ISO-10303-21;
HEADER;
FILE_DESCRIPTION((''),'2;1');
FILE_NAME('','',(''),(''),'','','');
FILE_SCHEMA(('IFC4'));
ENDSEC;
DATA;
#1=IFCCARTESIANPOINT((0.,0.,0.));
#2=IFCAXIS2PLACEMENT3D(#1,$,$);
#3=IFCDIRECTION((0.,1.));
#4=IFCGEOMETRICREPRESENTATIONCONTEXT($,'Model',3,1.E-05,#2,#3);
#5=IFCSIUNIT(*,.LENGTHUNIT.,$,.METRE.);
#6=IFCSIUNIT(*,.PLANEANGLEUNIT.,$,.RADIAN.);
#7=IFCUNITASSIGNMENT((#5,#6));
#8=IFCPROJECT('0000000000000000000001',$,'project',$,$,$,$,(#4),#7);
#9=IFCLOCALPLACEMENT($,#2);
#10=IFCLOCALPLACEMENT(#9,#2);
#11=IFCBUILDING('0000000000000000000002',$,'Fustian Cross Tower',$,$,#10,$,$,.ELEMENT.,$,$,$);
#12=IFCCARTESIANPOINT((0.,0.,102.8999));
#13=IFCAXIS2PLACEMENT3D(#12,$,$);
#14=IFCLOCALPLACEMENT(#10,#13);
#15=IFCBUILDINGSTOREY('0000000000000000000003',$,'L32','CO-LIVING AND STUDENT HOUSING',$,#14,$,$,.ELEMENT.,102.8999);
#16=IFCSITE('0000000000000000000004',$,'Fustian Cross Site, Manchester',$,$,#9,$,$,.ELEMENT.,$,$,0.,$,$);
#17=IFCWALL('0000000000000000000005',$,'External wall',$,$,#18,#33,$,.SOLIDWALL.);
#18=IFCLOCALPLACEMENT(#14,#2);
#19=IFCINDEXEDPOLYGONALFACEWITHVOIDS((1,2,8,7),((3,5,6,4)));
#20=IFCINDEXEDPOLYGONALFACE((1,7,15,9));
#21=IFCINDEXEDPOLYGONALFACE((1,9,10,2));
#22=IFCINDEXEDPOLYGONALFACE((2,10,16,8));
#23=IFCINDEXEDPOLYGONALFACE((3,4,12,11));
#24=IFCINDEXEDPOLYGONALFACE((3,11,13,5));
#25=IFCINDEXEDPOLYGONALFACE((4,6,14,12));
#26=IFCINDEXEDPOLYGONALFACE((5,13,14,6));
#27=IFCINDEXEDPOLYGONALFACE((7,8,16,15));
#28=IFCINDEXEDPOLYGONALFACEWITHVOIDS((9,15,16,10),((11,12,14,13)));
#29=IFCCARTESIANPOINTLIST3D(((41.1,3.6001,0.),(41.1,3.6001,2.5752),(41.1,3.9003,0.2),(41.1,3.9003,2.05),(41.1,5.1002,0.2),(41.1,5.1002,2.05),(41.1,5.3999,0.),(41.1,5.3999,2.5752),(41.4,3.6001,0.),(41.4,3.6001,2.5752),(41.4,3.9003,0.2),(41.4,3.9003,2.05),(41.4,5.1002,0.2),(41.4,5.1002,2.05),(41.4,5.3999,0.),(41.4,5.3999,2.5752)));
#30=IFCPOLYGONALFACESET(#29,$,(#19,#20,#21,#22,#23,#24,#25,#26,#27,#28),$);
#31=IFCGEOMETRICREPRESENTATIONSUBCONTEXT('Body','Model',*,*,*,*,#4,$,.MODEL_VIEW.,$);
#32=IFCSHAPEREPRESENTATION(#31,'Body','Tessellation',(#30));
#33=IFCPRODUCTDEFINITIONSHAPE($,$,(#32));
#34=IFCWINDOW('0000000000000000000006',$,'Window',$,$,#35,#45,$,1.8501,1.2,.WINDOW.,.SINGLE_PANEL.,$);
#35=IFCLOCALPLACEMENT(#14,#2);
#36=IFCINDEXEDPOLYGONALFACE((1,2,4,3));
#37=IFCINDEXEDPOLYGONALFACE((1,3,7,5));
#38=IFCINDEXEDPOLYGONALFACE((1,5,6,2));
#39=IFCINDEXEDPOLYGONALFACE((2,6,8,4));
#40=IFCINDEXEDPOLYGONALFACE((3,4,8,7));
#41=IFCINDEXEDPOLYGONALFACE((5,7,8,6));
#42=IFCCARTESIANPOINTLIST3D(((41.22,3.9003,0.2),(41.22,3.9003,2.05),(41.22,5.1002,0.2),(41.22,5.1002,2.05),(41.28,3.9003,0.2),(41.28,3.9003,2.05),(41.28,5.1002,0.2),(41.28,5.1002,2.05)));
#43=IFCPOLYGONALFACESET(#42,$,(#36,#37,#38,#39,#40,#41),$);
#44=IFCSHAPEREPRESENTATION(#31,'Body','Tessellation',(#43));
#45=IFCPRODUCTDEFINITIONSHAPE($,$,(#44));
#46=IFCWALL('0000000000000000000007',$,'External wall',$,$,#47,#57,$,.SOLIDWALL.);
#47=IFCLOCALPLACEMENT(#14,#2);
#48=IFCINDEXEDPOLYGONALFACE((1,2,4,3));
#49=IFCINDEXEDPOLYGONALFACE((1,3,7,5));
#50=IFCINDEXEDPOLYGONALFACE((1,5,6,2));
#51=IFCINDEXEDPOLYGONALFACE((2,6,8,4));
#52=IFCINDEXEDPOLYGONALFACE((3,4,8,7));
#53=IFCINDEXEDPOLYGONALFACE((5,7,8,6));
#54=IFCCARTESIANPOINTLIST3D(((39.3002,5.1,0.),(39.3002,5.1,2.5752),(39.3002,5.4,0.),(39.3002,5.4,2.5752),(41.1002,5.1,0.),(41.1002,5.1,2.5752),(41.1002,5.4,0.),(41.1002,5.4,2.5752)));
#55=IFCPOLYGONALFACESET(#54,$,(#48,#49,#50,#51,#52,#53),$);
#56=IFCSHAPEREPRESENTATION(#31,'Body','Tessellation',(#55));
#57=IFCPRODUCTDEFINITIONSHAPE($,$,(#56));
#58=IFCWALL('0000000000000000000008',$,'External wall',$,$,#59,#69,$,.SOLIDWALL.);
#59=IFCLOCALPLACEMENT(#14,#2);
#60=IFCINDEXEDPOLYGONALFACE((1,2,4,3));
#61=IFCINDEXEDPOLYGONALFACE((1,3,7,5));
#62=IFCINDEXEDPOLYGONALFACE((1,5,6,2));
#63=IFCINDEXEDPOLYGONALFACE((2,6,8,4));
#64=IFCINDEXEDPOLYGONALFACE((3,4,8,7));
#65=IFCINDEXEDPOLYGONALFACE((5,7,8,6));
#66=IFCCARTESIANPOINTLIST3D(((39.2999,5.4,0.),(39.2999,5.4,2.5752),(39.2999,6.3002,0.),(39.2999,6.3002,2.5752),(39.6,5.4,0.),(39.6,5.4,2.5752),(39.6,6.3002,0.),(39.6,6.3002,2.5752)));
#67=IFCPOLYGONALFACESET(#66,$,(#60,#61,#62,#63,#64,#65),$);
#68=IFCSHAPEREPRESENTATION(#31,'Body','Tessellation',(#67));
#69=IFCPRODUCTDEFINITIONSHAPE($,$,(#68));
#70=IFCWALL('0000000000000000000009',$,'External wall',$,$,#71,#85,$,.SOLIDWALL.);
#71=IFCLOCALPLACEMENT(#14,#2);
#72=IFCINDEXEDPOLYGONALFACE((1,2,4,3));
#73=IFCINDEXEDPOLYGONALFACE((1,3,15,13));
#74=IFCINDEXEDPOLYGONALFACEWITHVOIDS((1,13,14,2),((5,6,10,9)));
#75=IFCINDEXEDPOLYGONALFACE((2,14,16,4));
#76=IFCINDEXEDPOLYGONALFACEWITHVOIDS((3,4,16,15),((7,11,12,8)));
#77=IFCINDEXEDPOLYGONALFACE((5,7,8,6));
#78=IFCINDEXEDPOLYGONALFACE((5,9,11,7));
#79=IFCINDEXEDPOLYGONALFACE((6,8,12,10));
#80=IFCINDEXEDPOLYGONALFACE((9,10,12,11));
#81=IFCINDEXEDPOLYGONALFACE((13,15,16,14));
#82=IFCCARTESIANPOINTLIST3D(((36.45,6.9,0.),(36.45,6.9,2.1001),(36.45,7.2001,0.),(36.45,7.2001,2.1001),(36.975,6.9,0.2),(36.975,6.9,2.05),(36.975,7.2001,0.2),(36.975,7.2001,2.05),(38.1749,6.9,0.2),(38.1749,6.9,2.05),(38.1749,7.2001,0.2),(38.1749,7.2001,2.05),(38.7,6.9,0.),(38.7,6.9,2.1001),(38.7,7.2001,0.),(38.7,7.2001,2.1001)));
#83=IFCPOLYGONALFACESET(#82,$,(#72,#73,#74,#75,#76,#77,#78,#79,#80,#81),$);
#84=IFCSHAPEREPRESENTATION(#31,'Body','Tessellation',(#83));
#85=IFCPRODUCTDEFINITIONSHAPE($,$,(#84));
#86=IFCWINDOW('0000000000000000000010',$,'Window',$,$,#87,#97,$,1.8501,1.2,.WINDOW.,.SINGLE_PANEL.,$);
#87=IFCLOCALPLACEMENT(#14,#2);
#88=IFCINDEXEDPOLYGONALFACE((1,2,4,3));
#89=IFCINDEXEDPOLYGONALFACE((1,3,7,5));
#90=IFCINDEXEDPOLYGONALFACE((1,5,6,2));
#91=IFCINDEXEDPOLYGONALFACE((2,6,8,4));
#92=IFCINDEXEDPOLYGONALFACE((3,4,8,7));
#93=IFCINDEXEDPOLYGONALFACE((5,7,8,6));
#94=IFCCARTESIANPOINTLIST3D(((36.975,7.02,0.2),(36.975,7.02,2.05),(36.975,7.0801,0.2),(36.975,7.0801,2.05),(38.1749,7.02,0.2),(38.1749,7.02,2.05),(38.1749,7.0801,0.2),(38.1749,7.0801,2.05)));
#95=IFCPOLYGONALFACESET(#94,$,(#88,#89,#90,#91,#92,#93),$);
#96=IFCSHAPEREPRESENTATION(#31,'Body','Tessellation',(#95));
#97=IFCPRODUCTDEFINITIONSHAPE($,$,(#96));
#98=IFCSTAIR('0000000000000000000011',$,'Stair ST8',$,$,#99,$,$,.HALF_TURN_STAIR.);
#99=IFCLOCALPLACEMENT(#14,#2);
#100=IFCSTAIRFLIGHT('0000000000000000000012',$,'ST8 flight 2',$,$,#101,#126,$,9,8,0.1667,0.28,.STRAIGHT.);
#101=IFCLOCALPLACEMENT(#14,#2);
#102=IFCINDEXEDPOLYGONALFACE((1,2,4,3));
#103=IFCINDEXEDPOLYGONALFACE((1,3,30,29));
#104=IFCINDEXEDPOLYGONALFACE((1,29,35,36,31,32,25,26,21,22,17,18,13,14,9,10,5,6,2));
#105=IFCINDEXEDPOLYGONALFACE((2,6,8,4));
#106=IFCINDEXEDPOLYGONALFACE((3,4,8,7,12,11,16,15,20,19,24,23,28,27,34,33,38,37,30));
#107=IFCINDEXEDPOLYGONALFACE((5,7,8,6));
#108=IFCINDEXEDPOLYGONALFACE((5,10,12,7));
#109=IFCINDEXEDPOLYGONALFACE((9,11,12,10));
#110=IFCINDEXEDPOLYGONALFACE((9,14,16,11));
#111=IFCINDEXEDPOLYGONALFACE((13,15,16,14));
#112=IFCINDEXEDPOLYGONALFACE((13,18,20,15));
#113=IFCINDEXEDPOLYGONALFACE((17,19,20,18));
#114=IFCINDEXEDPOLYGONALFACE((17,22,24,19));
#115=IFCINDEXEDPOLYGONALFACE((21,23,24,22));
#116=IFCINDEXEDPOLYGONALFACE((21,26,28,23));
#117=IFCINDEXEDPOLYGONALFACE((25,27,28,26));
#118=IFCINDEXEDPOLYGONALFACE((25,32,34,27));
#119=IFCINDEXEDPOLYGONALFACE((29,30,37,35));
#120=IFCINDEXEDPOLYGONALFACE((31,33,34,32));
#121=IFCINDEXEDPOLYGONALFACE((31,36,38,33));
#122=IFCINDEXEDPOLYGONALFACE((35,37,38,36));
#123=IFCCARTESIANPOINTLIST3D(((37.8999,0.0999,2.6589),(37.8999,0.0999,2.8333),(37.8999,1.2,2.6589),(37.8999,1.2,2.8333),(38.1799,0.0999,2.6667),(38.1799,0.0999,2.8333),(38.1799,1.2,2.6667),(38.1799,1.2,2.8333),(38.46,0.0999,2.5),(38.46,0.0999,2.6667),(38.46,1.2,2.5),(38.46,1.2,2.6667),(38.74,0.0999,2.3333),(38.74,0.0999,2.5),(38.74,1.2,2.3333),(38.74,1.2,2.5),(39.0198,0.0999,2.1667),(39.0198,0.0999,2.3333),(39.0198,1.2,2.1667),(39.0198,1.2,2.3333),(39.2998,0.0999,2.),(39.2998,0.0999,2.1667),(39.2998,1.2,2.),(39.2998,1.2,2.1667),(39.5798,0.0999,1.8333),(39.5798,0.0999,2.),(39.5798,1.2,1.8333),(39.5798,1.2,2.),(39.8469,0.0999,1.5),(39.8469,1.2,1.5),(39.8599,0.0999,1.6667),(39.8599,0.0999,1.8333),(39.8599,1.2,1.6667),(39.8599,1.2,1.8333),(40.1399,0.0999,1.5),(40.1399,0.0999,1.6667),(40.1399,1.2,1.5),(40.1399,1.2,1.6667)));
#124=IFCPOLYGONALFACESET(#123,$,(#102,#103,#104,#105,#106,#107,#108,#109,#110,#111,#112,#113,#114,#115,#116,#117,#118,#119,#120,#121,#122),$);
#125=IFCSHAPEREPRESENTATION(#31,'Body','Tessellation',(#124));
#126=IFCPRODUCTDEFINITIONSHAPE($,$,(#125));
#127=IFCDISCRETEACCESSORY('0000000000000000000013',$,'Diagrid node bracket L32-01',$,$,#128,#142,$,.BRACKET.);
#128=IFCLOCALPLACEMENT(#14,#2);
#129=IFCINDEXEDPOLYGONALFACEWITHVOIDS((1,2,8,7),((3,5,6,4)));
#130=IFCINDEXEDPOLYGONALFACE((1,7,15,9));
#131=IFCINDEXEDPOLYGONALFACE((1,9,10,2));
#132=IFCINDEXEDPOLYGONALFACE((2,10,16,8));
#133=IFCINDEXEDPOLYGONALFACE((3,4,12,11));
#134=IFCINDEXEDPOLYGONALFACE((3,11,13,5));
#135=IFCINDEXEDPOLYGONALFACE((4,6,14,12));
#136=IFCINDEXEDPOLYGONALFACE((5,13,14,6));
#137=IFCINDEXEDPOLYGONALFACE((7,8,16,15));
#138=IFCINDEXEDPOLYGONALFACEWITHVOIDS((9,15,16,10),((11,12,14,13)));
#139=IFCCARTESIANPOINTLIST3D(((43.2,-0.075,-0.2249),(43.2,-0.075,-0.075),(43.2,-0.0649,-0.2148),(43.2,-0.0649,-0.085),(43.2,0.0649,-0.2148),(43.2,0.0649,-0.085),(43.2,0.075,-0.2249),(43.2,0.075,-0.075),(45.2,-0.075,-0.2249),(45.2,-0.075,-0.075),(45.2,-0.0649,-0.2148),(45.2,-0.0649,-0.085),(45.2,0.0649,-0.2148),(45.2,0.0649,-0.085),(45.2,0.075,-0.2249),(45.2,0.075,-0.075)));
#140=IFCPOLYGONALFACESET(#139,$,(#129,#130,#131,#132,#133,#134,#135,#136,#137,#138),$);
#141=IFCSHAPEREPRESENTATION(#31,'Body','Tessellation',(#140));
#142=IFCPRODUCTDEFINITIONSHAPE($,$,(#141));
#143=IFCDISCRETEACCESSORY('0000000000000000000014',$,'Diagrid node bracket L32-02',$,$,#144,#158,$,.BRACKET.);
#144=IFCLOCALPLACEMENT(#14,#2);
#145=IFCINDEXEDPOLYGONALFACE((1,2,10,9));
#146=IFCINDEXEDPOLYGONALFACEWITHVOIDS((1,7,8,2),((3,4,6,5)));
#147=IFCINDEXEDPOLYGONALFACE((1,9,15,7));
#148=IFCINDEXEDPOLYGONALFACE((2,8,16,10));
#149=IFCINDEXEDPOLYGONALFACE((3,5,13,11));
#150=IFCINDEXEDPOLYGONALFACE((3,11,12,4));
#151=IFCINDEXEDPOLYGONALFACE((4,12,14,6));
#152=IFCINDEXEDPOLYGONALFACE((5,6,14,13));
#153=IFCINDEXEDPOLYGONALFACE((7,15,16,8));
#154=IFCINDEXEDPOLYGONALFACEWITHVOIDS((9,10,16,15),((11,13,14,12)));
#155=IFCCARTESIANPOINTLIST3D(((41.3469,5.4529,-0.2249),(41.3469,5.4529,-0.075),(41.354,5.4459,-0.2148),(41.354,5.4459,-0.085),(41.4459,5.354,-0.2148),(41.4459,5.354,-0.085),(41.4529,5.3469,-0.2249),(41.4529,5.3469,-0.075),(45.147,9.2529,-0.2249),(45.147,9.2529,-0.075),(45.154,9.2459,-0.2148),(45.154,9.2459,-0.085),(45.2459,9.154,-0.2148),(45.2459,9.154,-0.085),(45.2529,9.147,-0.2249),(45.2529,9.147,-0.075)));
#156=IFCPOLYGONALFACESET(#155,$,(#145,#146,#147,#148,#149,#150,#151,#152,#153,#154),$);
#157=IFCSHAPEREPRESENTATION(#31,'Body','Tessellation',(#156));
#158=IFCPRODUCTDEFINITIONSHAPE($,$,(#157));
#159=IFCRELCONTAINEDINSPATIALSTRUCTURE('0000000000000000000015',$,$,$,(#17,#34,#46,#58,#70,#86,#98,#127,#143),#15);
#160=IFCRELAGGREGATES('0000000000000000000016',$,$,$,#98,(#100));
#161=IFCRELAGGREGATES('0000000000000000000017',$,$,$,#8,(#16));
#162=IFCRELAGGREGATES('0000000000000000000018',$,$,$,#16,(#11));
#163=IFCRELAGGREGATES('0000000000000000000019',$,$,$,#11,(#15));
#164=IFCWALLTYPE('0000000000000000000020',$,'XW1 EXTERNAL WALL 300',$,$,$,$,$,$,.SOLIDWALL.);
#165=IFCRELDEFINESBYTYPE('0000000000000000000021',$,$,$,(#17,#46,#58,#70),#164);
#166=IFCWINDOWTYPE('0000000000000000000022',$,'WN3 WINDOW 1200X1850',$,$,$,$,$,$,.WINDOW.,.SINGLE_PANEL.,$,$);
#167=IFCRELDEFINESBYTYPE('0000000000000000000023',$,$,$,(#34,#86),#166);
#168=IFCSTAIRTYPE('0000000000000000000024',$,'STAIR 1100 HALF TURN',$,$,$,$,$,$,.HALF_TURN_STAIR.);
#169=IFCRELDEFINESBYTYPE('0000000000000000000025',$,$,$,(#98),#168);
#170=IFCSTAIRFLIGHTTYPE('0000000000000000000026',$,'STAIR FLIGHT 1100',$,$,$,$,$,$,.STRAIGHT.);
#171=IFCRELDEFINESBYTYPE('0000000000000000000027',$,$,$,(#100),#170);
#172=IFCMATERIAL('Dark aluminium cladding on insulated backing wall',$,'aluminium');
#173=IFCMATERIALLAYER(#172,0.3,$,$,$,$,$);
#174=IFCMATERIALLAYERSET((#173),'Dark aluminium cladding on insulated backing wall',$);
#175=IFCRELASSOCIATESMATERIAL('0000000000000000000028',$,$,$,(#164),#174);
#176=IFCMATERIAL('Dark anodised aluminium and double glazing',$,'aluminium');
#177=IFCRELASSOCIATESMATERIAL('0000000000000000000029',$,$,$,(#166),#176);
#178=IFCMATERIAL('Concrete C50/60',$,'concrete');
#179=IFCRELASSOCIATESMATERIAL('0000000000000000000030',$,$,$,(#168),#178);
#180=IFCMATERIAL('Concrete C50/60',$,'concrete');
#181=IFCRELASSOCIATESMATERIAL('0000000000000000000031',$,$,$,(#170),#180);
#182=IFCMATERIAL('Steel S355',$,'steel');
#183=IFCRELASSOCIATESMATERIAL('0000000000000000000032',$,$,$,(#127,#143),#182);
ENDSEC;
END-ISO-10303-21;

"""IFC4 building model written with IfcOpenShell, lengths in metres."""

from ifc_helpers import new_model, si_unit, direction, frame, frame_2d, origin, origin_2d, place, context, subcontext, project, spatial, polyline, rectangle, hollow_rectangle, outline, extrude, material, layer, layer_set, type_object, element, fill, aggregate, save


model = new_model("IFC4")

# Units and contexts
model_context = context("Model", 3, precision=1e-05, world=origin(), true_north=direction((0.0, 1.0)))
body_context = subcontext(model_context, "Body", "Model", "MODEL_VIEW")
ifc_project = project(units=[si_unit("LENGTHUNIT", "METRE"), si_unit("PLANEANGLEUNIT", "RADIAN")], contexts=[model_context])

# Site, building, storey
site_placement = place(None, origin())
site = spatial("IfcSite", under=ifc_project, at=site_placement, Name="Fustian Cross Site, Manchester", CompositionType="ELEMENT", RefElevation=0.0)
building_placement = place(site_placement, origin())
building = spatial("IfcBuilding", under=site, at=building_placement, Name="Fustian Cross Tower", CompositionType="ELEMENT")
storey_placement = place(building_placement, frame((0.0, 0.0, 102.8999)))
storey = spatial("IfcBuildingStorey", under=building, at=storey_placement, Name="L32", Description="CO-LIVING AND STUDENT HOUSING", CompositionType="ELEMENT", Elevation=102.8999)

# Shared definitions
ifc_material_1 = material(Name="Dark aluminium cladding on insulated backing wall", Category="aluminium")
ifc_layer_1 = layer(ifc_material_1, 0.3)
ifc_layer_set_1 = layer_set([ifc_layer_1], Name="Dark aluminium cladding on insulated backing wall")
wall_type_1 = type_object("IfcWallType", Name="XW1 EXTERNAL WALL 300", PredefinedType="SOLIDWALL", material=ifc_layer_set_1)

# Wall, opening, window
wall_1_placement = place(storey_placement, frame((41.25, 3.6001, 0.0), z_axis=(0.0, 0.0, 1.0), x_axis=(0.0, 1.0, 0.0)))
wall_1 = element("IfcWall", 1, at=wall_1_placement, inside=storey, type_object=wall_type_1, Name="External wall", PredefinedType="SOLIDWALL", context=body_context, shape_type="SweptSolid", body=[
    extrude(rectangle(XDim=1.7998, YDim=0.3, at=frame_2d((0.8999, 0.0))), origin(), (0.0, 0.0, 1.0), 2.5752),
])
opening_1_placement = place(wall_1_placement, frame((0.3, 0.0, 0.2)))
opening_1 = element("IfcOpeningElement", 2, at=opening_1_placement, cuts=wall_1, PredefinedType="OPENING", context=body_context, shape_type="SweptSolid", body=[
    extrude(rectangle(XDim=1.2, YDim=1.8501, at=frame_2d((0.6001, 0.925))), frame((0.0, 0.1599, 0.0), z_axis=(0.0, -1.0, 0.0), x_axis=(1.0, 0.0, 0.0)), (0.0, 0.0, 1.0), 0.3201),
])
ifc_material_2 = material(Name="Dark anodised aluminium and double glazing", Category="aluminium")
window_type = type_object("IfcWindowType", Name="WN3 WINDOW 1200X1850", PartitioningType="SINGLE_PANEL", PredefinedType="WINDOW", material=ifc_material_2)
window_1_placement = place(opening_1_placement, origin())
window_1 = element("IfcWindow", 3, at=window_1_placement, inside=storey, type_object=window_type, Name="Window", OverallHeight=1.8501, OverallWidth=1.2, PartitioningType="SINGLE_PANEL", PredefinedType="WINDOW", context=body_context, shape_type="SweptSolid", body=[
    extrude(rectangle(XDim=1.2, YDim=1.8501, at=frame_2d((0.6001, 0.925))), frame((0.0, 0.03, 0.0), z_axis=(0.0, -1.0, 0.0), x_axis=(1.0, 0.0, 0.0)), (0.0, 0.0, 1.0), 0.0601),
])
fill(opening_1, window_1)

# Walls
wall_2_placement = place(storey_placement, frame((41.1001, 5.25, 0.0), z_axis=(0.0, 0.0, 1.0), x_axis=(-1.0, 0.0, 0.0)))
element("IfcWall", 4, at=wall_2_placement, inside=storey, type_object=wall_type_1, Name="External wall", PredefinedType="SOLIDWALL", context=body_context, shape_type="SweptSolid", body=[
    extrude(rectangle(XDim=1.8, YDim=0.3, at=frame_2d((0.8999, 0.0))), origin(), (0.0, 0.0, 1.0), 2.5752),
])
wall_3_placement = place(storey_placement, frame((39.45, 5.3999, 0.0), z_axis=(0.0, 0.0, 1.0), x_axis=(0.0, 1.0, 0.0)))
element("IfcWall", 5, at=wall_3_placement, inside=storey, type_object=wall_type_1, Name="External wall", PredefinedType="SOLIDWALL", context=body_context, shape_type="SweptSolid", body=[
    extrude(rectangle(XDim=0.9001, YDim=0.3, at=frame_2d((0.4502, 0.0))), origin(), (0.0, 0.0, 1.0), 2.5752),
])

# Wall, opening, window
wall_4_placement = place(storey_placement, frame((38.7, 7.05, 0.0), z_axis=(0.0, 0.0, 1.0), x_axis=(-1.0, 0.0, 0.0)))
wall_4 = element("IfcWall", 6, at=wall_4_placement, inside=storey, type_object=wall_type_1, Name="External wall", PredefinedType="SOLIDWALL", context=body_context, shape_type="SweptSolid", body=[
    extrude(rectangle(XDim=2.25, YDim=0.3, at=frame_2d((1.125, 0.0))), origin(), (0.0, 0.0, 1.0), 2.1001),
])
opening_2_placement = place(wall_4_placement, frame((0.5249, 0.0, 0.2)))
opening_2 = element("IfcOpeningElement", 7, at=opening_2_placement, cuts=wall_4, PredefinedType="OPENING", context=body_context, shape_type="SweptSolid", body=[
    extrude(rectangle(XDim=1.2, YDim=1.8501, at=frame_2d((0.6001, 0.925))), frame((0.0, 0.1599, 0.0), z_axis=(0.0, -1.0, 0.0), x_axis=(1.0, 0.0, 0.0)), (0.0, 0.0, 1.0), 0.3201),
])
window_2_placement = place(opening_2_placement, origin())
window_2 = element("IfcWindow", 8, at=window_2_placement, inside=storey, type_object=window_type, Name="Window", OverallHeight=1.8501, OverallWidth=1.2, PartitioningType="SINGLE_PANEL", PredefinedType="WINDOW", context=body_context, shape_type="SweptSolid", body=[
    extrude(rectangle(XDim=1.2, YDim=1.8501, at=frame_2d((0.6001, 0.925))), frame((0.0, 0.03, 0.0), z_axis=(0.0, -1.0, 0.0), x_axis=(1.0, 0.0, 0.0)), (0.0, 0.0, 1.0), 0.0601),
])
fill(opening_2, window_2)

# Stair, stair flight
ifc_material_3 = material(Name="Concrete C50/60", Category="concrete")
stair_type = type_object("IfcStairType", Name="STAIR 1100 HALF TURN", PredefinedType="HALF_TURN_STAIR", material=ifc_material_3)
stair_placement = place(storey_placement, origin())
stair = element("IfcStair", 9, at=stair_placement, inside=storey, type_object=stair_type, Name="Stair ST8", PredefinedType="HALF_TURN_STAIR")
ifc_material_4 = material(Name="Concrete C50/60", Category="concrete")
stair_flight_type = type_object("IfcStairFlightType", Name="STAIR FLIGHT 1100", PredefinedType="STRAIGHT", material=ifc_material_4)
stair_flight_placement = place(storey_placement, frame((40.1399, 0.6499, 1.5), z_axis=(0.0, 0.0, 1.0), x_axis=(-1.0, 0.0, 0.0)))
stair_flight = element("IfcStairFlight", 10, at=stair_flight_placement, type_object=stair_flight_type, Name="ST8 flight 2", NumberOfRisers=9, NumberOfTreads=8, PredefinedType="STRAIGHT", RiserHeight=0.1667, TreadLength=0.28, context=body_context, shape_type="SweptSolid", body=[
    extrude(outline(polyline([(0.0, 0.0), (0.0, 0.1667), (0.28, 0.1667), (0.28, 0.3333), (0.5601, 0.3333), (0.5601, 0.5), (0.8401, 0.5), (0.8401, 0.6667), (1.1201, 0.6667), (1.1201, 0.8333), (1.3999, 0.8333), (1.3999, 1.0), (1.6799, 1.0), (1.6799, 1.1667), (1.96, 1.1667), (1.96, 1.3333), (2.24, 1.3333), (2.24, 1.5), (2.24, 1.1589), (0.293, 0.0), (0.0, 0.0)])), frame((0.0, 0.55, 0.0), z_axis=(0.0, -1.0, 0.0), x_axis=(1.0, 0.0, 0.0)), (0.0, 0.0, 1.0), 1.1001),
])
aggregate(stair, [stair_flight])

# Discrete accessories
ifc_material_5 = material(Name="Steel S355", Category="steel")
discrete_accessory_1_placement = place(storey_placement, frame((45.2, 0.0, -0.1499), z_axis=(-1.0, 0.0, 0.0), x_axis=(0.0, -1.0, 0.0)))
element("IfcDiscreteAccessory", 11, at=discrete_accessory_1_placement, inside=storey, material=ifc_material_5, Name="Diagrid node bracket L32-01", PredefinedType="BRACKET", context=body_context, shape_type="SweptSolid", body=[
    extrude(hollow_rectangle(XDim=0.1499, YDim=0.1499, WallThickness=0.01, at=origin_2d()), origin(), (0.0, 0.0, 1.0), 2.0),
])
discrete_accessory_2_placement = place(storey_placement, frame((45.2, 9.2, -0.1499), z_axis=(-0.707107, -0.707107, 0.0), x_axis=(0.707107, -0.707107, 0.0)))
element("IfcDiscreteAccessory", 12, at=discrete_accessory_2_placement, inside=storey, material=ifc_material_5, Name="Diagrid node bracket L32-02", PredefinedType="BRACKET", context=body_context, shape_type="SweptSolid", body=[
    extrude(hollow_rectangle(XDim=0.1499, YDim=0.1499, WallThickness=0.01, at=origin_2d()), origin(), (0.0, 0.0, 1.0), 5.374),
])

save(model, "model.ifc")
